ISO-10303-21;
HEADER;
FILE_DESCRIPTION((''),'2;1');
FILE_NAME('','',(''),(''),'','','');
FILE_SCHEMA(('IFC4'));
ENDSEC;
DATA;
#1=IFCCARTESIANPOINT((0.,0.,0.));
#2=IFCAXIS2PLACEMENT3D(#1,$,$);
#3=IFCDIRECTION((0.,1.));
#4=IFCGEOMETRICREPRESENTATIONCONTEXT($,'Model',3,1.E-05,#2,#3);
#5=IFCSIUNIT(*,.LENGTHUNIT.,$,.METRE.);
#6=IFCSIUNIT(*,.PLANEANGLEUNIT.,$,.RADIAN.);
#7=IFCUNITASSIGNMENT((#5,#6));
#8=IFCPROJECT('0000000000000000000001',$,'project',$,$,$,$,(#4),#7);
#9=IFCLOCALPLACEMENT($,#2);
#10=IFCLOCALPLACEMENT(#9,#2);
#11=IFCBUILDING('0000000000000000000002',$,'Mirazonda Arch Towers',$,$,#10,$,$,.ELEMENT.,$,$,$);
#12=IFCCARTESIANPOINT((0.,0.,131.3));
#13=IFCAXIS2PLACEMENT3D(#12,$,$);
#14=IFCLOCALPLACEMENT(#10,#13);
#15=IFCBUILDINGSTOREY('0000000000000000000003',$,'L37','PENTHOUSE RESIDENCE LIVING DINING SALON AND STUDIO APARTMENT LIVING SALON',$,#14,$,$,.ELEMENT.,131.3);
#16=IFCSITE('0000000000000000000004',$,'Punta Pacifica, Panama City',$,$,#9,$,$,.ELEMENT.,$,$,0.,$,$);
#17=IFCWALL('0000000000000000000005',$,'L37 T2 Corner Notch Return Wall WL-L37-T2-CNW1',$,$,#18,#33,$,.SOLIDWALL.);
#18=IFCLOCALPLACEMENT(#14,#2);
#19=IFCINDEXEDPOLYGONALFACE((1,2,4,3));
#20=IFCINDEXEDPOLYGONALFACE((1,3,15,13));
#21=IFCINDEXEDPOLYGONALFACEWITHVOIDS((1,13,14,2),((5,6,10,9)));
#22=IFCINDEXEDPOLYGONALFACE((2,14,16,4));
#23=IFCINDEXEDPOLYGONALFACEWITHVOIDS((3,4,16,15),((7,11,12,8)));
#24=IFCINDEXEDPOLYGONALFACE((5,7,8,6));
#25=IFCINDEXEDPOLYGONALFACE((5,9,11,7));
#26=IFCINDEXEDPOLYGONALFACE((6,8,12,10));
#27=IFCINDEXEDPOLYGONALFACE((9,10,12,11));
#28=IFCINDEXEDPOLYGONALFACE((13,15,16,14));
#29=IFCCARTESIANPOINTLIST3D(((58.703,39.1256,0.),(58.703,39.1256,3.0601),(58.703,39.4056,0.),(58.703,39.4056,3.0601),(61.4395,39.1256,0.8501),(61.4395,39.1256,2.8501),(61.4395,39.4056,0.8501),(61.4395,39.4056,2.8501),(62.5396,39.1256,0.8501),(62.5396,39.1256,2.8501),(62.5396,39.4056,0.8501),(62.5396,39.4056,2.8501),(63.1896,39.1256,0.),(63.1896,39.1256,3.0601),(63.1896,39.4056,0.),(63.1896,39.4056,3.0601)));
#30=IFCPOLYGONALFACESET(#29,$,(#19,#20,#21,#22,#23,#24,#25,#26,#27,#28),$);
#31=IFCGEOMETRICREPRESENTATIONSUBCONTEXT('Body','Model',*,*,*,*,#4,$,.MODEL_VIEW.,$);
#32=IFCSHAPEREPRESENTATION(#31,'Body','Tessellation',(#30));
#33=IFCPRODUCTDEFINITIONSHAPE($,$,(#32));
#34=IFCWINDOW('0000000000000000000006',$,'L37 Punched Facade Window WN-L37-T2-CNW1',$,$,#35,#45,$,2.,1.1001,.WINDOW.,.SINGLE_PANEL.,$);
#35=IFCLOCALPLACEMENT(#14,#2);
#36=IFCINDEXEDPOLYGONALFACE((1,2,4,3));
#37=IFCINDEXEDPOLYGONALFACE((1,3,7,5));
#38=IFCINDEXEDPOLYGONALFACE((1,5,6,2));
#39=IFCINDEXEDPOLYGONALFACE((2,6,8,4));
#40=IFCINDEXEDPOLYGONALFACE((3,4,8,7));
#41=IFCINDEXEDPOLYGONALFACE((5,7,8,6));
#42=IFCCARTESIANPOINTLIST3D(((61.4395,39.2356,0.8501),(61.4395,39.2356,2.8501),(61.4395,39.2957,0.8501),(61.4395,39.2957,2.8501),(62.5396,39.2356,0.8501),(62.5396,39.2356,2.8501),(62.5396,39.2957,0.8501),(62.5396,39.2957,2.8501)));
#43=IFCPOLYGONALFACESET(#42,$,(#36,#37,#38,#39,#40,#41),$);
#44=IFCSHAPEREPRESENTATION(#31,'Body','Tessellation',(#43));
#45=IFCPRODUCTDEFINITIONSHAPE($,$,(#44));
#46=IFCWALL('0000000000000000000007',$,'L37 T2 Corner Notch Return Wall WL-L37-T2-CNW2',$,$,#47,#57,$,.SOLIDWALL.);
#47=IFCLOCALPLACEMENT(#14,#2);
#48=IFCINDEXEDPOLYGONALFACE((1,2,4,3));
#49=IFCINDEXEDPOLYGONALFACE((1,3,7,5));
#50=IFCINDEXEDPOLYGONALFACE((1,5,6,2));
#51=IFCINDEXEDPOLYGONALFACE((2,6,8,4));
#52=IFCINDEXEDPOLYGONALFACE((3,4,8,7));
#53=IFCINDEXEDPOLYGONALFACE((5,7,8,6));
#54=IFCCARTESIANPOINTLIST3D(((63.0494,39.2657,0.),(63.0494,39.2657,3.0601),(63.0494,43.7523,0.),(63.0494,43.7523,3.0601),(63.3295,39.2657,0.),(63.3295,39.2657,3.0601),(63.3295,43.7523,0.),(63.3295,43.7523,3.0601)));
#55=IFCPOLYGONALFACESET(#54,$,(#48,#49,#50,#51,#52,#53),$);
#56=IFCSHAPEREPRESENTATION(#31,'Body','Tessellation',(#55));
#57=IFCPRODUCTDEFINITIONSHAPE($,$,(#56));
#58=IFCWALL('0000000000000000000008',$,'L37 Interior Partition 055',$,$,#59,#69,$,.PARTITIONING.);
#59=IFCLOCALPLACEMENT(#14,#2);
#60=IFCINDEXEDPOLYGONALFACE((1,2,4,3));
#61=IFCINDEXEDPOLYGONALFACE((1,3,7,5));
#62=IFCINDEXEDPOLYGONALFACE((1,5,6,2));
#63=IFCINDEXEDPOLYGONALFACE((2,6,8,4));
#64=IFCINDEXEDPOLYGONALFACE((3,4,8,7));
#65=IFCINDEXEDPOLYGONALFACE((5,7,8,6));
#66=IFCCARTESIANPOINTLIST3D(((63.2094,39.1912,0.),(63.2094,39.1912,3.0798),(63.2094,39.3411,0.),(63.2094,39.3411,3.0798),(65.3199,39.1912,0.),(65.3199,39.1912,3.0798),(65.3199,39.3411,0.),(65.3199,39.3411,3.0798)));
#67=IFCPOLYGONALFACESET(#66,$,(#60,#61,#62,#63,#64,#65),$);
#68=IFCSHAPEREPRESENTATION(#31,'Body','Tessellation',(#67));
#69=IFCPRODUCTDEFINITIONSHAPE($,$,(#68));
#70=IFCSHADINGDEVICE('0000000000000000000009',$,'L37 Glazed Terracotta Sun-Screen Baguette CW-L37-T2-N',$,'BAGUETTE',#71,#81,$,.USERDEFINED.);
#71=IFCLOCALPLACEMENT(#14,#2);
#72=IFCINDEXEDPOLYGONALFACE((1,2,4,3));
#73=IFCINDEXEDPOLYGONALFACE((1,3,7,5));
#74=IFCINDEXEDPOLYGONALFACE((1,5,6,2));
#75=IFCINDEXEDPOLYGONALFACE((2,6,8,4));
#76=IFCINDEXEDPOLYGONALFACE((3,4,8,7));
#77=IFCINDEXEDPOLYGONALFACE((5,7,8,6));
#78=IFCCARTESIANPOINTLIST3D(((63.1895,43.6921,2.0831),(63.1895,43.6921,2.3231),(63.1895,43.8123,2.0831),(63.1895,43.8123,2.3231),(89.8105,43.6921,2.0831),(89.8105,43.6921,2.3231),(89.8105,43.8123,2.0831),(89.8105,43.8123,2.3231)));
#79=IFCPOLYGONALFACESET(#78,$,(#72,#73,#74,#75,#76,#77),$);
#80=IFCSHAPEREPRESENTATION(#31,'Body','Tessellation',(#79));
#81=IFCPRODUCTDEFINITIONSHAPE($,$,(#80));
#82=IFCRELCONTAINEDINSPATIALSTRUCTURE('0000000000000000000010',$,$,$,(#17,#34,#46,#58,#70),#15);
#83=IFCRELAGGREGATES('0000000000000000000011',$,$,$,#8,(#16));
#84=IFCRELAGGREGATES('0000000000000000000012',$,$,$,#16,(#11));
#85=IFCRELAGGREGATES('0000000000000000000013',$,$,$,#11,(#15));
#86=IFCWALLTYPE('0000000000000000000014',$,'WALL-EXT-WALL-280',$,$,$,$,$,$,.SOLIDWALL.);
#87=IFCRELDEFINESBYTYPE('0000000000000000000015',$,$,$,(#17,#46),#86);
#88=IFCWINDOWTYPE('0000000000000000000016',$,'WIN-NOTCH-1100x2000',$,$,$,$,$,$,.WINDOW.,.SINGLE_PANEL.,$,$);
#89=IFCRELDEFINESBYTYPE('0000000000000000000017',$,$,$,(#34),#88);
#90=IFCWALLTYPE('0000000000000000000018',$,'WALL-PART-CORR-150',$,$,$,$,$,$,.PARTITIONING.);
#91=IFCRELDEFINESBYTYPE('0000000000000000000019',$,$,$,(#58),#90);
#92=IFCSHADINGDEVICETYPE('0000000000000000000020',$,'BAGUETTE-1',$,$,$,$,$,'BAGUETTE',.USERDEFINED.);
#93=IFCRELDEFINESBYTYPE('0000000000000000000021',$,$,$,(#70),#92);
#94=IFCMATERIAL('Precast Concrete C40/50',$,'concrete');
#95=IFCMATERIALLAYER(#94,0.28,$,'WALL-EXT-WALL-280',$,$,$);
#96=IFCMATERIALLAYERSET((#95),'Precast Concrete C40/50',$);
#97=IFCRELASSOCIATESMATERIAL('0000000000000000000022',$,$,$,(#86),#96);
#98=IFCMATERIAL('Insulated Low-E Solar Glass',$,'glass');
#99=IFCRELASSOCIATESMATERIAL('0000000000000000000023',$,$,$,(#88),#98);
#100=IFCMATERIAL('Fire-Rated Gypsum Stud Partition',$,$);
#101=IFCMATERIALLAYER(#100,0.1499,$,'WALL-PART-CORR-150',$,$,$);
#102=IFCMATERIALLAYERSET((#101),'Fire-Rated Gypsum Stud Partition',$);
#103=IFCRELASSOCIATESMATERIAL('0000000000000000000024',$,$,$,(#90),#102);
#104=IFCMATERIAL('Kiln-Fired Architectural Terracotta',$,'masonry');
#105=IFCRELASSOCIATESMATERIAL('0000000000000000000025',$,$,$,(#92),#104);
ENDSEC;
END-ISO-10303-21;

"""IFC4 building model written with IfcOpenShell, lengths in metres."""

from ifc_helpers import new_model, si_unit, direction, frame, frame_2d, origin, origin_2d, place, context, subcontext, project, spatial, rectangle, extrude, material, layer, layer_set, material_profile, profile_set, type_object, element, fill, save


model = new_model("IFC4")

# Units and contexts
model_context = context("Model", 3, precision=1e-05, world=origin(), true_north=direction((0.0, 1.0)))
body_context = subcontext(model_context, "Body", "Model", "MODEL_VIEW")
ifc_project = project(units=[si_unit("LENGTHUNIT", "METRE"), si_unit("PLANEANGLEUNIT", "RADIAN")], contexts=[model_context])

# Site, building, storey
site_placement = place(None, origin())
site = spatial("IfcSite", under=ifc_project, at=site_placement, Name="Punta Pacifica, Panama City", CompositionType="ELEMENT", RefElevation=0.0)
building_placement = place(site_placement, origin())
building = spatial("IfcBuilding", under=site, at=building_placement, Name="Mirazonda Arch Towers", CompositionType="ELEMENT")
storey_placement = place(building_placement, frame((0.0, 0.0, 131.3)))
storey = spatial("IfcBuildingStorey", under=building, at=storey_placement, Name="L37", Description="PENTHOUSE RESIDENCE LIVING DINING SALON AND STUDIO APARTMENT LIVING SALON", CompositionType="ELEMENT", Elevation=131.3)

# Shared definitions
ifc_material_1 = material(Name="Insulated Low-E Solar Glass", Category="glass")

# Wall, opening, window
ifc_material_2 = material(Name="Precast Concrete C40/50", Category="concrete")
ifc_layer_1 = layer(ifc_material_2, 0.28, Name="WALL-EXT-WALL-280")
ifc_layer_set_1 = layer_set([ifc_layer_1], Name="Precast Concrete C40/50")
wall_type_1 = type_object("IfcWallType", Name="WALL-EXT-WALL-280", PredefinedType="SOLIDWALL", material=ifc_layer_set_1)
wall_1_placement = place(storey_placement, frame((63.1895, 39.2656, 0.0), z_axis=(0.0, 0.0, 1.0), x_axis=(-1.0, 0.0, 0.0)))
wall_1 = element("IfcWall", 1, at=wall_1_placement, inside=storey, type_object=wall_type_1, Name="L37 T2 Corner Notch Return Wall WL-L37-T2-CNW1", PredefinedType="SOLIDWALL", context=body_context, shape_type="SweptSolid", body=[
    extrude(rectangle(XDim=4.4866, YDim=0.28, at=frame_2d((2.2432, 0.0))), origin(), (0.0, 0.0, 1.0), 3.0601),
])
opening_placement = place(wall_1_placement, frame((0.6499, 0.0, 0.8501)))
opening = element("IfcOpeningElement", 2, at=opening_placement, cuts=wall_1, PredefinedType="OPENING", context=body_context, shape_type="SweptSolid", body=[
    extrude(rectangle(XDim=1.1001, YDim=2.0, at=frame_2d((0.55, 1.0))), frame((0.0, 0.1499, 0.0), z_axis=(0.0, -1.0, 0.0), x_axis=(1.0, 0.0, 0.0)), (0.0, 0.0, 1.0), 0.3),
])
window_type = type_object("IfcWindowType", Name="WIN-NOTCH-1100x2000", PartitioningType="SINGLE_PANEL", PredefinedType="WINDOW", material=ifc_material_1)
window_placement = place(opening_placement, origin())
window = element("IfcWindow", 3, at=window_placement, inside=storey, type_object=window_type, Name="L37 Punched Facade Window WN-L37-T2-CNW1", OverallHeight=2.0, OverallWidth=1.1001, PartitioningType="SINGLE_PANEL", PredefinedType="WINDOW", context=body_context, shape_type="SweptSolid", body=[
    extrude(rectangle(XDim=1.1001, YDim=2.0, at=frame_2d((0.55, 1.0))), frame((0.0, 0.03, 0.0), z_axis=(0.0, -1.0, 0.0), x_axis=(1.0, 0.0, 0.0)), (0.0, 0.0, 1.0), 0.0601),
])
fill(opening, window)

# Walls
wall_2_placement = place(storey_placement, frame((63.1895, 43.7522, 0.0), z_axis=(0.0, 0.0, 1.0), x_axis=(0.0, -1.0, 0.0)))
element("IfcWall", 4, at=wall_2_placement, inside=storey, type_object=wall_type_1, Name="L37 T2 Corner Notch Return Wall WL-L37-T2-CNW2", PredefinedType="SOLIDWALL", context=body_context, shape_type="SweptSolid", body=[
    extrude(rectangle(XDim=4.4866, YDim=0.28, at=frame_2d((2.2432, 0.0))), origin(), (0.0, 0.0, 1.0), 3.0601),
])
ifc_material_3 = material(Name="Fire-Rated Gypsum Stud Partition")
ifc_layer_2 = layer(ifc_material_3, 0.1499, Name="WALL-PART-CORR-150")
ifc_layer_set_2 = layer_set([ifc_layer_2], Name="Fire-Rated Gypsum Stud Partition")
wall_type_2 = type_object("IfcWallType", Name="WALL-PART-CORR-150", PredefinedType="PARTITIONING", material=ifc_layer_set_2)
wall_3_placement = place(storey_placement, frame((63.2095, 39.2661, 0.0), z_axis=(0.0, 0.0, 1.0), x_axis=(1.0, 0.0, 0.0)))
element("IfcWall", 5, at=wall_3_placement, inside=storey, type_object=wall_type_2, Name="L37 Interior Partition 055", PredefinedType="PARTITIONING", context=body_context, shape_type="SweptSolid", body=[
    extrude(rectangle(XDim=2.1106, YDim=0.1499, at=frame_2d((1.0552, 0.0))), origin(), (0.0, 0.0, 1.0), 3.0798),
])

# Shading device
ifc_material_4 = material(Name="Kiln-Fired Architectural Terracotta", Category="masonry")
ifc_material_profile_1 = material_profile(ifc_material_4, rectangle(XDim=0.1201, YDim=0.24, at=origin_2d()), Name="TERRA-BAG-120x240")
ifc_profile_set_1 = profile_set([ifc_material_profile_1], Name="Kiln-Fired Architectural Terracotta")
shading_device_type = type_object("IfcShadingDeviceType", Name="BAGUETTE-1", ElementType="BAGUETTE", PredefinedType="USERDEFINED", material=ifc_profile_set_1)
shading_device_placement = place(storey_placement, frame((63.1895, 43.7522, 2.2031), z_axis=(1.0, 0.0, 0.0), x_axis=(0.0, 1.0, 0.0)))
element("IfcShadingDevice", 6, at=shading_device_placement, inside=storey, type_object=shading_device_type, Name="L37 Glazed Terracotta Sun-Screen Baguette CW-L37-T2-N", ObjectType="BAGUETTE", PredefinedType="USERDEFINED", context=body_context, shape_type="SweptSolid", body=[
    extrude(rectangle(XDim=0.1201, YDim=0.24, at=origin_2d()), origin(), (0.0, 0.0, 1.0), 26.6211),
])

save(model, "model.ifc")
